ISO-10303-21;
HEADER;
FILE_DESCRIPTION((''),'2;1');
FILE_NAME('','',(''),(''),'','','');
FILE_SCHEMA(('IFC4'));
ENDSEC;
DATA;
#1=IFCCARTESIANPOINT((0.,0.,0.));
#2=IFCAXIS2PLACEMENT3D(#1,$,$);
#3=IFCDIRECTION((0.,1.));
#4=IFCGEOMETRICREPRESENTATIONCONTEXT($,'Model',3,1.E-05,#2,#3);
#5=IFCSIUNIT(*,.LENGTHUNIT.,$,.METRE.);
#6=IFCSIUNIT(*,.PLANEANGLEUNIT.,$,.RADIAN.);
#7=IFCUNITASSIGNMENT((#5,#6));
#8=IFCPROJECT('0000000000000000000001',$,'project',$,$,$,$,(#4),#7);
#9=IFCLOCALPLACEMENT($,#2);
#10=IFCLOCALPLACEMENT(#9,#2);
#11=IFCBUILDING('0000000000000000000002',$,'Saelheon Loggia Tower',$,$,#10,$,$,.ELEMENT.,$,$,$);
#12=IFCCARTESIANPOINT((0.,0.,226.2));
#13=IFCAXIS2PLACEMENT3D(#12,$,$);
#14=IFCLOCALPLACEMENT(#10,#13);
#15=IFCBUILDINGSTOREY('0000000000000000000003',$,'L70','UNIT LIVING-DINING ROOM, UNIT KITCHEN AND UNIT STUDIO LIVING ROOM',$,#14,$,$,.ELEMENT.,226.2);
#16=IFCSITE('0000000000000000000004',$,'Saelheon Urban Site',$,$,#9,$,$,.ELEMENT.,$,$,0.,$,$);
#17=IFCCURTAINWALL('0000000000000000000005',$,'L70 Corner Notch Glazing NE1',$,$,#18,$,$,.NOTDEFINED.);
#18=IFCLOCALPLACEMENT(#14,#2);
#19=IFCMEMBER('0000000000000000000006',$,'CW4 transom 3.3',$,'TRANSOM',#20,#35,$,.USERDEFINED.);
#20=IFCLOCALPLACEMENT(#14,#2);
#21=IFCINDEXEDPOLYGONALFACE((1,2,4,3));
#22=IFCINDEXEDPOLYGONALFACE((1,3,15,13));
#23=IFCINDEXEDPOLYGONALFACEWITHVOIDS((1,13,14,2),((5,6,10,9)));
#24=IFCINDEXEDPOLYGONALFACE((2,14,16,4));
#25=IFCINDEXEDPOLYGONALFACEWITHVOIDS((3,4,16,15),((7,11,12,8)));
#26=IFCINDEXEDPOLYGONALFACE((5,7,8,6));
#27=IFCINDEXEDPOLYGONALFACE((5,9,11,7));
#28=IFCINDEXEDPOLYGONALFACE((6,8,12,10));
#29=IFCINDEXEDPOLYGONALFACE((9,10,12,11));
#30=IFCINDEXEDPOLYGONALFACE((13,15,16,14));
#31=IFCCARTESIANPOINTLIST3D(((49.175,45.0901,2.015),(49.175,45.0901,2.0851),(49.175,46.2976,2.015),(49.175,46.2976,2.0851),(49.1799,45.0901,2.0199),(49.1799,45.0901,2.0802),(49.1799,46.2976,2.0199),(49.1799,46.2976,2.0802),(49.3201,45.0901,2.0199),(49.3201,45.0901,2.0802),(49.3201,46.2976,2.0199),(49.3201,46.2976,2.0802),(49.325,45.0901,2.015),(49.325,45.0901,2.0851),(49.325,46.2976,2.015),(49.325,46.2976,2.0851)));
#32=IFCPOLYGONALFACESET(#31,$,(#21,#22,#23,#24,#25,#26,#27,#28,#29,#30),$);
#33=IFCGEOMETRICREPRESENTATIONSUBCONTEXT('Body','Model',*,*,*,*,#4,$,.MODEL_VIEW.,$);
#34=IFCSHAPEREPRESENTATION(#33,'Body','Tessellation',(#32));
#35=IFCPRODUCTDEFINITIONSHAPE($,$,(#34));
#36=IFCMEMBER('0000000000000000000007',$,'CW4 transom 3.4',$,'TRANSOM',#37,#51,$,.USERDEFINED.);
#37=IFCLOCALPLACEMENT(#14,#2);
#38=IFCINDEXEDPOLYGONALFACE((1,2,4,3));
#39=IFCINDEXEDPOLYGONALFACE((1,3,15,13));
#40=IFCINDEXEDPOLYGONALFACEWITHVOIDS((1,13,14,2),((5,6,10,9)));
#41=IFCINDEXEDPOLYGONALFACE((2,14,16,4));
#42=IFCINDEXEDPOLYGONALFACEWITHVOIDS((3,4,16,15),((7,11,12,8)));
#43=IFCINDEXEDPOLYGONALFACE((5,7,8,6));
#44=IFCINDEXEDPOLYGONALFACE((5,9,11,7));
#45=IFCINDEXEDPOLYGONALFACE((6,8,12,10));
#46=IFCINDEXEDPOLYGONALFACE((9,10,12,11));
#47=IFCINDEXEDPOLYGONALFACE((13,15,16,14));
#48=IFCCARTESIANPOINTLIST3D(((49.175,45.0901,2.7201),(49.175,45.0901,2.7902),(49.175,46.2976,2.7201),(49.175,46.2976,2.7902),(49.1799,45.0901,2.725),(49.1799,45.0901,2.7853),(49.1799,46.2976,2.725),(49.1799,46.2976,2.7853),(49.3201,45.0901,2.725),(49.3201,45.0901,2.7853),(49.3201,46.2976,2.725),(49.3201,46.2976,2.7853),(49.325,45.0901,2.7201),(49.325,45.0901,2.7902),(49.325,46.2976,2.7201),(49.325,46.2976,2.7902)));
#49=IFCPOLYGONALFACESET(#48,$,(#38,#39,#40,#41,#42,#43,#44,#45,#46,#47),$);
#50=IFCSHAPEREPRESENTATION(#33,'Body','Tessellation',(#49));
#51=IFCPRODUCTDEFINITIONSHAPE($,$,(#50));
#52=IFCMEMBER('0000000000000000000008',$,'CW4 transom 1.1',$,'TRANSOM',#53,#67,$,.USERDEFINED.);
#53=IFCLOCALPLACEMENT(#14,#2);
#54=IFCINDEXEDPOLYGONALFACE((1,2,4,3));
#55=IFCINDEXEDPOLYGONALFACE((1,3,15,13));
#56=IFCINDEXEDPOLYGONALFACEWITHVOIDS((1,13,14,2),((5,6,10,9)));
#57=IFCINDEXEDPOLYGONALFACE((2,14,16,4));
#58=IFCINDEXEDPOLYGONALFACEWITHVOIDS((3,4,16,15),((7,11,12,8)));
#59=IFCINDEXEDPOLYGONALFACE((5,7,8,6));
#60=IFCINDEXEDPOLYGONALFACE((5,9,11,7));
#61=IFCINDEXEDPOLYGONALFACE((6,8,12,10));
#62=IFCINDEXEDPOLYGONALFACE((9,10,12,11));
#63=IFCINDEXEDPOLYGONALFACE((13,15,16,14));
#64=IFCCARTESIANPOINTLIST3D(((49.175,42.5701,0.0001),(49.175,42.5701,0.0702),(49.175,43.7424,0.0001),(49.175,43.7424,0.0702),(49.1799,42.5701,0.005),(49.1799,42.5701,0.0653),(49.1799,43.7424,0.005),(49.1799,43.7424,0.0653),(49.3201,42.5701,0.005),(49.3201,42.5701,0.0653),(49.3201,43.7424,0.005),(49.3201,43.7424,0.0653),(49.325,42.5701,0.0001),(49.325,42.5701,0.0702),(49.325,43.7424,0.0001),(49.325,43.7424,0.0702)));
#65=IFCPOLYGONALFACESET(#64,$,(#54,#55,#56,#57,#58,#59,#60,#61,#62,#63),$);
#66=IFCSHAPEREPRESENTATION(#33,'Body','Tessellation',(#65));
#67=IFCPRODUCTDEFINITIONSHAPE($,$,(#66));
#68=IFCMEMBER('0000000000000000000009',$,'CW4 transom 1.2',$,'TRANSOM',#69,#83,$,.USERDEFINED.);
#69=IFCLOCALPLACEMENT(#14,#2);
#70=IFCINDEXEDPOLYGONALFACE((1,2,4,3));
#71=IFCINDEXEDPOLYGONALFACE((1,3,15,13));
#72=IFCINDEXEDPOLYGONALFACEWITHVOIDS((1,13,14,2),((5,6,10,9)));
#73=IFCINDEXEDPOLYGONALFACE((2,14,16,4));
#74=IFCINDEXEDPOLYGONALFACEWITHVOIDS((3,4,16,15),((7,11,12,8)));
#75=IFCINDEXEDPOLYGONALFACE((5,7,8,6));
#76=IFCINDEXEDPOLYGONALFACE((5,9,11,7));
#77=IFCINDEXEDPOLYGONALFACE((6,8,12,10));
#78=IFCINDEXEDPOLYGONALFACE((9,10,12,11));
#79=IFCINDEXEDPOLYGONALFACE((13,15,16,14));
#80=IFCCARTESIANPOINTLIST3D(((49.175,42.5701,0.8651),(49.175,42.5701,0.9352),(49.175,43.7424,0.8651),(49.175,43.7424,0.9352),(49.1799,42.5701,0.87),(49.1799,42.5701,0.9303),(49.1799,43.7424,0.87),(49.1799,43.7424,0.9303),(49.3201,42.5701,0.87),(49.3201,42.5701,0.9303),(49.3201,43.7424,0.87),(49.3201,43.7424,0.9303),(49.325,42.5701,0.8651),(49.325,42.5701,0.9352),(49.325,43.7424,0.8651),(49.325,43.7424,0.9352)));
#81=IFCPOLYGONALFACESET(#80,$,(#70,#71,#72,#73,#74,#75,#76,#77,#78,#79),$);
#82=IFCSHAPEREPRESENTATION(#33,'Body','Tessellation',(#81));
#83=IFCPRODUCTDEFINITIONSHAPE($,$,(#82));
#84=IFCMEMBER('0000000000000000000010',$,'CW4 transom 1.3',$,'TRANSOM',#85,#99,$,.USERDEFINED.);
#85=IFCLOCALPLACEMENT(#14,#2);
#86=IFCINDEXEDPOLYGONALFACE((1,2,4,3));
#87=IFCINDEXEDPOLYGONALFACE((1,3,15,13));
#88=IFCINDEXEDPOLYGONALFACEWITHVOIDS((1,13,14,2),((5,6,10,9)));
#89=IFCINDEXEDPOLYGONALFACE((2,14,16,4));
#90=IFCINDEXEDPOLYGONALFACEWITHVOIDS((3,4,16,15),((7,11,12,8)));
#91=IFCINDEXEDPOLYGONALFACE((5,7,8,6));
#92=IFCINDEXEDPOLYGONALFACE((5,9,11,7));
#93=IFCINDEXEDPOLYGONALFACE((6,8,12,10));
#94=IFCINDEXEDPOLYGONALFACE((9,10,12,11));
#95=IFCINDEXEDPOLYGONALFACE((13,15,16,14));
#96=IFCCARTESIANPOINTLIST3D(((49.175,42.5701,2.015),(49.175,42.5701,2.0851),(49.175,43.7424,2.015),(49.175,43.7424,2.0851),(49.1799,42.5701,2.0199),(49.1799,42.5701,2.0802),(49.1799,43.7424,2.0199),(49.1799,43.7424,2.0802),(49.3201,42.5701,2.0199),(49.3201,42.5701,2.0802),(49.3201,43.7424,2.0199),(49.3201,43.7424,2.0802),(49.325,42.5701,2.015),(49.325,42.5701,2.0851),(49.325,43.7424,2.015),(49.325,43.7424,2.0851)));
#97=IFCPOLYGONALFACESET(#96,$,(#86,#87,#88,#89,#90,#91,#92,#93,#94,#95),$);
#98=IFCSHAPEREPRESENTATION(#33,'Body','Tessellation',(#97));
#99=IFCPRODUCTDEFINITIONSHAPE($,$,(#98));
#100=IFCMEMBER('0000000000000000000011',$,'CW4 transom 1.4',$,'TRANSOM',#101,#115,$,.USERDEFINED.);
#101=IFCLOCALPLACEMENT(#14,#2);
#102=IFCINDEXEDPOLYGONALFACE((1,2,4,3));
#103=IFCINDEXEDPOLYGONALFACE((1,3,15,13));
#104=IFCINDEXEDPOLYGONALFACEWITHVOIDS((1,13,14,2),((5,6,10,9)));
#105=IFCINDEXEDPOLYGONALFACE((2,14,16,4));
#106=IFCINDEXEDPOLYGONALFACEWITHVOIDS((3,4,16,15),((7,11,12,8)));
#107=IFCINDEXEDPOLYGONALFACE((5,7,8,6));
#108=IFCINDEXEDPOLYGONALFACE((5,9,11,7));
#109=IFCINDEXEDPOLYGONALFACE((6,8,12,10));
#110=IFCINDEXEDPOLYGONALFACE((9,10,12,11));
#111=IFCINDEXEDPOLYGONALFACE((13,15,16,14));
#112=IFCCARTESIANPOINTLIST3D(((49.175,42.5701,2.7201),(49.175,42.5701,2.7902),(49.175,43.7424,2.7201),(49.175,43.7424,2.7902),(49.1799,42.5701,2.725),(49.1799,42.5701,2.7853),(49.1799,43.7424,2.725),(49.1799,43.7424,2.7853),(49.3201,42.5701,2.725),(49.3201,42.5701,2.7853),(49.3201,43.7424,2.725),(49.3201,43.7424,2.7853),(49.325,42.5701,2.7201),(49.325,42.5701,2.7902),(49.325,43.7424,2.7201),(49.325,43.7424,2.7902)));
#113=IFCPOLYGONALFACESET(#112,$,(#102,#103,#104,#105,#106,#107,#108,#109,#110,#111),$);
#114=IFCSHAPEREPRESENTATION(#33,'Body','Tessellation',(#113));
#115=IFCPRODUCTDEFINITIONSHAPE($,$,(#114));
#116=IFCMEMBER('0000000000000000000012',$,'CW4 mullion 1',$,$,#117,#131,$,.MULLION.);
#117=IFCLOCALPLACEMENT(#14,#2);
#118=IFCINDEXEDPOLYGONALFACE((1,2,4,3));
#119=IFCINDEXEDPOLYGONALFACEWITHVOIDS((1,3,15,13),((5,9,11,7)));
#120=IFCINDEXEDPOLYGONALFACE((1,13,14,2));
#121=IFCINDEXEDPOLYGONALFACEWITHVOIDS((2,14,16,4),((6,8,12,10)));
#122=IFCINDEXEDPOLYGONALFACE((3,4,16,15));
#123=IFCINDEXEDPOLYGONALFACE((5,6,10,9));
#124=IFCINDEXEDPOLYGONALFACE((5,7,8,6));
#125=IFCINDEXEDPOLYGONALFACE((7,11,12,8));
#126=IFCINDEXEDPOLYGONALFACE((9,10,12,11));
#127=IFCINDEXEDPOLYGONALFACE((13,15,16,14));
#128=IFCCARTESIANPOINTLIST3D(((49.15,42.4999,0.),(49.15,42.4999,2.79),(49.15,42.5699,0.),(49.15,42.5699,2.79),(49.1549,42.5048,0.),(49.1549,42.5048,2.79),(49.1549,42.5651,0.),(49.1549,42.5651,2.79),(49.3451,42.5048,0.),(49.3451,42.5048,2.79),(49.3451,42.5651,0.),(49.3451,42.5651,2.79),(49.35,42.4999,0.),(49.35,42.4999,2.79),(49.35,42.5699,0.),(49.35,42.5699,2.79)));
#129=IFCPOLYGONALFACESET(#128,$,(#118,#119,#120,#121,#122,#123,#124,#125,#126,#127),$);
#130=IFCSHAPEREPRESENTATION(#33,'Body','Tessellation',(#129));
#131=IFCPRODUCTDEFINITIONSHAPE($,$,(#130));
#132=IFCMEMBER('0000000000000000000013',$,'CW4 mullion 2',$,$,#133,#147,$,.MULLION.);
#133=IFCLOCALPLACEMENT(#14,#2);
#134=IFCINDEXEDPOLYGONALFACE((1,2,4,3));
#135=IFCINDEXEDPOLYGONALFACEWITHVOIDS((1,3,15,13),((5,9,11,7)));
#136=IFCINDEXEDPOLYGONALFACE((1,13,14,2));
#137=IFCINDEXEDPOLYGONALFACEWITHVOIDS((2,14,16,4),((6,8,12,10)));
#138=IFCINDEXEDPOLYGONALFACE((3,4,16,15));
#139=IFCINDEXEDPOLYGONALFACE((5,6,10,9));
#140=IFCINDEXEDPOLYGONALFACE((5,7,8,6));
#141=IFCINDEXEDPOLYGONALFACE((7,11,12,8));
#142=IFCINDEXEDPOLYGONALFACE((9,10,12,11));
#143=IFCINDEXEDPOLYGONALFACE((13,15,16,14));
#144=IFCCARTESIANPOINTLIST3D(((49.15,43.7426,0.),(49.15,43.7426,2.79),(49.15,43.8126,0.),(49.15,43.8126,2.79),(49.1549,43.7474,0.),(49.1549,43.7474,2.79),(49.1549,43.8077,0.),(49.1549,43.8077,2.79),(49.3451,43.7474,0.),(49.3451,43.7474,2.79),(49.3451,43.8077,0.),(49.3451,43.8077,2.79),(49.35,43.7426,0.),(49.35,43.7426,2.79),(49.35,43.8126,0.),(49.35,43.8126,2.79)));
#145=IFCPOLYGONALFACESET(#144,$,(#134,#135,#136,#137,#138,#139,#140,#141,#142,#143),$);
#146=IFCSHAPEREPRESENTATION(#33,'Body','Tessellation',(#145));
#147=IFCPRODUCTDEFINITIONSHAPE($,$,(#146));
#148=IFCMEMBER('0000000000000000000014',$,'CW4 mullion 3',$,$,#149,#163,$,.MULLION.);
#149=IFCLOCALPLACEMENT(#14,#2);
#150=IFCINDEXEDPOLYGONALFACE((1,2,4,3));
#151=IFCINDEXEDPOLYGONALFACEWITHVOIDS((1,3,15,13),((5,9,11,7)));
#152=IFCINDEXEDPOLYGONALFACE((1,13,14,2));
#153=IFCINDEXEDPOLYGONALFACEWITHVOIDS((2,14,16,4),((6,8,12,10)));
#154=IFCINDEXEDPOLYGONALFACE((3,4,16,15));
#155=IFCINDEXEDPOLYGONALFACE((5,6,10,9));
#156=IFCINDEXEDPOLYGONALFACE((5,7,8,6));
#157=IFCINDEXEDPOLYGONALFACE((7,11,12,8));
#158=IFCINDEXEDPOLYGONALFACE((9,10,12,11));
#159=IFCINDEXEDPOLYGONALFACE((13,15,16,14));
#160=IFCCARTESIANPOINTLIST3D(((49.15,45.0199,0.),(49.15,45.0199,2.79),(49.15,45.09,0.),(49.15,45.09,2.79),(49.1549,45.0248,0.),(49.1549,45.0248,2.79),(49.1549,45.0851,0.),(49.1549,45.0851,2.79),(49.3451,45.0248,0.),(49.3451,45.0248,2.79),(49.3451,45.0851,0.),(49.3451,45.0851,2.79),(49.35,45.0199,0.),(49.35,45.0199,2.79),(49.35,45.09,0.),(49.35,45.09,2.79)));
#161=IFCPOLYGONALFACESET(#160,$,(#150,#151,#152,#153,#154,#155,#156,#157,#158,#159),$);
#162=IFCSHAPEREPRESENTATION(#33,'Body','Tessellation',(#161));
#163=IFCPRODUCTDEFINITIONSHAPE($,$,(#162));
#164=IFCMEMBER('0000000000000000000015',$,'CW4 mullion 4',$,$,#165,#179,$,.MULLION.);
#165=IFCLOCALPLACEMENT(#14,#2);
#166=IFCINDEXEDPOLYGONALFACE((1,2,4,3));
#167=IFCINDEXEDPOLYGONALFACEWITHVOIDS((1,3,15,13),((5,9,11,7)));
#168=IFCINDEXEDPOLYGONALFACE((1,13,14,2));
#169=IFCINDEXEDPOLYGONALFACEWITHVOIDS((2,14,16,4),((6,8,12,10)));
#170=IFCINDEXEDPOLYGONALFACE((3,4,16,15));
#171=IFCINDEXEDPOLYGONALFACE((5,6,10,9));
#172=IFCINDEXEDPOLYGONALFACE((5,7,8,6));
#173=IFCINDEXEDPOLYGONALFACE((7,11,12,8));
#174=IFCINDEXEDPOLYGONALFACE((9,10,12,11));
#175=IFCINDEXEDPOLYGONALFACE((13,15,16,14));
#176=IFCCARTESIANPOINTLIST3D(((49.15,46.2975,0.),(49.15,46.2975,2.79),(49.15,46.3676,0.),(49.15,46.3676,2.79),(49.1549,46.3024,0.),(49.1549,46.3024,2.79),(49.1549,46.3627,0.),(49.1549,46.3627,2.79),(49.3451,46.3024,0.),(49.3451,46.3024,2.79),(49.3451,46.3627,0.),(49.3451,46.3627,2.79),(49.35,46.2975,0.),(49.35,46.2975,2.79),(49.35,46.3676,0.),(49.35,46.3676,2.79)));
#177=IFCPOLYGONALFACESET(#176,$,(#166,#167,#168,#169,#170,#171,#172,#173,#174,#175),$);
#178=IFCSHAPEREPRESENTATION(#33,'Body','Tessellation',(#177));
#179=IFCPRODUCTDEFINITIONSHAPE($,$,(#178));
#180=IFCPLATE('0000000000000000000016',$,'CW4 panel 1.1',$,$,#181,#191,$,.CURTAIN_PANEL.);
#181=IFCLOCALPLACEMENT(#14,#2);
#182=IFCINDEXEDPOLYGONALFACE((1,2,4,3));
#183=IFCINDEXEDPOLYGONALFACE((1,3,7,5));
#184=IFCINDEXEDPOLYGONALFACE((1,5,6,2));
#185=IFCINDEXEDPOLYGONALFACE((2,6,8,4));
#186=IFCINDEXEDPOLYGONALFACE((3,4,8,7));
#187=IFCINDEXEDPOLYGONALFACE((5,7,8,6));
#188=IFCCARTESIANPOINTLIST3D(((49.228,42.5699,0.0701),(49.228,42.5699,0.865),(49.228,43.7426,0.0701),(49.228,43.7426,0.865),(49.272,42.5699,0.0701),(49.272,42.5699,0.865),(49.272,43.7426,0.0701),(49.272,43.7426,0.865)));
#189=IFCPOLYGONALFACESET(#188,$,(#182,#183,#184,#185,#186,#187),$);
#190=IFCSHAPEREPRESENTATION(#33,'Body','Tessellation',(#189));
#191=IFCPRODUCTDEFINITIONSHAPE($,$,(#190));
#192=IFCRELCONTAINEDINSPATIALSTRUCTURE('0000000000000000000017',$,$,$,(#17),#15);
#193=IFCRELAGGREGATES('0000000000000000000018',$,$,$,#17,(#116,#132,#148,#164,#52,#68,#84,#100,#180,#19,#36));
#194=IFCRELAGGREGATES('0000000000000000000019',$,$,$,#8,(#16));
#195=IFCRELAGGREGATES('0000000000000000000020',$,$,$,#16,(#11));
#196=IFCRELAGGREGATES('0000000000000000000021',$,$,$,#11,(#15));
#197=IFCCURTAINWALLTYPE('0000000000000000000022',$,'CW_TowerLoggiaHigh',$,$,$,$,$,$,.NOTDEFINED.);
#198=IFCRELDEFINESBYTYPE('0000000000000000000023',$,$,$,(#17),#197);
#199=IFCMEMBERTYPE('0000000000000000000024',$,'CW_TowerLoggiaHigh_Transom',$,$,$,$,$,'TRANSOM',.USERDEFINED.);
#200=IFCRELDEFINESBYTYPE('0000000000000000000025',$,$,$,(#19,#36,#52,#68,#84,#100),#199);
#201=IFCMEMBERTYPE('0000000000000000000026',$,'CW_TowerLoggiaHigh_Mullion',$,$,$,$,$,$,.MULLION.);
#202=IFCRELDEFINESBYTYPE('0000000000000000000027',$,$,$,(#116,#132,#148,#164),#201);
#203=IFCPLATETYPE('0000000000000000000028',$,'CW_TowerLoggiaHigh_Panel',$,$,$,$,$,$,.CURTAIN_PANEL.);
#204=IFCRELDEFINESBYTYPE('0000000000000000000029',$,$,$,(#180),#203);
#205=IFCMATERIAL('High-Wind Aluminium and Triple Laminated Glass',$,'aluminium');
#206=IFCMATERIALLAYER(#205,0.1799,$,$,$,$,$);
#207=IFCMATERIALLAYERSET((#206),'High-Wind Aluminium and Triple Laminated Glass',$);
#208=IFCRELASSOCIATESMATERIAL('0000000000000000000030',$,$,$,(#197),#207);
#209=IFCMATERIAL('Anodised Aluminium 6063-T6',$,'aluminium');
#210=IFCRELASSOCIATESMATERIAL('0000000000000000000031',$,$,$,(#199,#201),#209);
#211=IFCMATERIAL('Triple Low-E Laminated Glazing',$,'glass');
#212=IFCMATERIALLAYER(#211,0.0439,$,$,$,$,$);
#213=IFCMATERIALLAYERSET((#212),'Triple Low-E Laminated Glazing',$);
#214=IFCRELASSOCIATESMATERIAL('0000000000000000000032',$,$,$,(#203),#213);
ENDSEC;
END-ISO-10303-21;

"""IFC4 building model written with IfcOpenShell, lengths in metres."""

from ifc_helpers import new_model, si_unit, direction, frame, origin, origin_2d, place, context, subcontext, project, spatial, rectangle, hollow_rectangle, extrude, source, transform, mapped, material, layer, layer_set, material_profile, profile_set, type_object, element, aggregate, save


model = new_model("IFC4")

# Units and contexts
model_context = context("Model", 3, precision=1e-05, world=origin(), true_north=direction((0.0, 1.0)))
body_context = subcontext(model_context, "Body", "Model", "MODEL_VIEW")
ifc_project = project(units=[si_unit("LENGTHUNIT", "METRE"), si_unit("PLANEANGLEUNIT", "RADIAN")], contexts=[model_context])

# Site, building, storey
site_placement = place(None, origin())
site = spatial("IfcSite", under=ifc_project, at=site_placement, Name="Saelheon Urban Site", CompositionType="ELEMENT", RefElevation=0.0)
building_placement = place(site_placement, origin())
building = spatial("IfcBuilding", under=site, at=building_placement, Name="Saelheon Loggia Tower", CompositionType="ELEMENT")
storey_placement = place(building_placement, frame((0.0, 0.0, 226.2)))
storey = spatial("IfcBuildingStorey", under=building, at=storey_placement, Name="L70", Description="UNIT LIVING-DINING ROOM, UNIT KITCHEN AND UNIT STUDIO LIVING ROOM", CompositionType="ELEMENT", Elevation=226.2)

# Curtain wall, members, plate
ifc_material_1 = material(Name="High-Wind Aluminium and Triple Laminated Glass", Category="aluminium")
ifc_layer_1 = layer(ifc_material_1, 0.1799)
ifc_layer_set_1 = layer_set([ifc_layer_1], Name="High-Wind Aluminium and Triple Laminated Glass")
curtain_wall_type = type_object("IfcCurtainWallType", Name="CW_TowerLoggiaHigh", PredefinedType="NOTDEFINED", material=ifc_layer_set_1)
curtain_wall_placement = place(storey_placement, origin())
curtain_wall = element("IfcCurtainWall", 1, at=curtain_wall_placement, inside=storey, type_object=curtain_wall_type, Name="L70 Corner Notch Glazing NE1", PredefinedType="NOTDEFINED")
ifc_material_2 = material(Name="Anodised Aluminium 6063-T6", Category="aluminium")
ifc_material_profile_1 = material_profile(ifc_material_2, hollow_rectangle(XDim=0.0701, YDim=0.1499, WallThickness=0.0049, at=origin_2d()), Name="RHS-150x70x5")
ifc_profile_set_1 = profile_set([ifc_material_profile_1], Name="Anodised Aluminium 6063-T6")
member_type_1 = type_object("IfcMemberType", Name="CW_TowerLoggiaHigh_Transom", ElementType="TRANSOM", PredefinedType="USERDEFINED", material=ifc_profile_set_1)
shared_shape_1 = source(origin(), body_context, "Body", "SweptSolid", [
    extrude(hollow_rectangle(XDim=0.0701, YDim=0.1499, WallThickness=0.0049, at=origin_2d()), origin(), (0.0, 0.0, 1.0), 1.2075),
])
member_1_placement = place(storey_placement, frame((49.25, 45.0901, 2.05), z_axis=(0.0, 1.0, 0.0), x_axis=(0.0, 0.0, 1.0)))
member_1 = element("IfcMember", 2, at=member_1_placement, type_object=member_type_1, Name="CW4 transom 3.3", ObjectType="TRANSOM", PredefinedType="USERDEFINED", context=body_context, shape_type="MappedRepresentation", body=[
    mapped(shared_shape_1, transform((0.0, 0.0, 0.0), scale=1.0)),
])
member_2_placement = place(storey_placement, frame((49.25, 45.0901, 2.7551), z_axis=(0.0, 1.0, 0.0), x_axis=(0.0, 0.0, 1.0)))
member_2 = element("IfcMember", 3, at=member_2_placement, type_object=member_type_1, Name="CW4 transom 3.4", ObjectType="TRANSOM", PredefinedType="USERDEFINED", context=body_context, shape_type="MappedRepresentation", body=[
    mapped(shared_shape_1, transform((0.0, 0.0, 0.0), scale=1.0)),
])
shared_shape_2 = source(origin(), body_context, "Body", "SweptSolid", [
    extrude(hollow_rectangle(XDim=0.0701, YDim=0.1499, WallThickness=0.0049, at=origin_2d()), origin(), (0.0, 0.0, 1.0), 1.1724),
])
member_3_placement = place(storey_placement, frame((49.25, 42.5701, 0.0352), z_axis=(0.0, 1.0, 0.0), x_axis=(0.0, 0.0, 1.0)))
member_3 = element("IfcMember", 4, at=member_3_placement, type_object=member_type_1, Name="CW4 transom 1.1", ObjectType="TRANSOM", PredefinedType="USERDEFINED", context=body_context, shape_type="MappedRepresentation", body=[
    mapped(shared_shape_2, transform((0.0, 0.0, 0.0), scale=1.0)),
])
member_4_placement = place(storey_placement, frame((49.25, 42.5701, 0.9001), z_axis=(0.0, 1.0, 0.0), x_axis=(0.0, 0.0, 1.0)))
member_4 = element("IfcMember", 5, at=member_4_placement, type_object=member_type_1, Name="CW4 transom 1.2", ObjectType="TRANSOM", PredefinedType="USERDEFINED", context=body_context, shape_type="MappedRepresentation", body=[
    mapped(shared_shape_2, transform((0.0, 0.0, 0.0), scale=1.0)),
])
member_5_placement = place(storey_placement, frame((49.25, 42.5701, 2.05), z_axis=(0.0, 1.0, 0.0), x_axis=(0.0, 0.0, 1.0)))
member_5 = element("IfcMember", 6, at=member_5_placement, type_object=member_type_1, Name="CW4 transom 1.3", ObjectType="TRANSOM", PredefinedType="USERDEFINED", context=body_context, shape_type="MappedRepresentation", body=[
    mapped(shared_shape_2, transform((0.0, 0.0, 0.0), scale=1.0)),
])
member_6_placement = place(storey_placement, frame((49.25, 42.5701, 2.7551), z_axis=(0.0, 1.0, 0.0), x_axis=(0.0, 0.0, 1.0)))
member_6 = element("IfcMember", 7, at=member_6_placement, type_object=member_type_1, Name="CW4 transom 1.4", ObjectType="TRANSOM", PredefinedType="USERDEFINED", context=body_context, shape_type="MappedRepresentation", body=[
    mapped(shared_shape_2, transform((0.0, 0.0, 0.0), scale=1.0)),
])
ifc_material_profile_2 = material_profile(ifc_material_2, hollow_rectangle(XDim=0.0701, YDim=0.2, WallThickness=0.0049, at=origin_2d()), Name="RHS-200x70x5")
ifc_profile_set_2 = profile_set([ifc_material_profile_2], Name="Anodised Aluminium 6063-T6")
member_type_2 = type_object("IfcMemberType", Name="CW_TowerLoggiaHigh_Mullion", PredefinedType="MULLION", material=ifc_profile_set_2)
shared_shape_3 = source(origin(), body_context, "Body", "SweptSolid", [
    extrude(hollow_rectangle(XDim=0.0701, YDim=0.2, WallThickness=0.0049, at=origin_2d()), origin(), (0.0, 0.0, 1.0), 2.79),
])
member_7_placement = place(storey_placement, frame((49.25, 42.5349, 0.0), z_axis=(0.0, 0.0, 1.0), x_axis=(0.0, 1.0, 0.0)))
member_7 = element("IfcMember", 8, at=member_7_placement, type_object=member_type_2, Name="CW4 mullion 1", PredefinedType="MULLION", context=body_context, shape_type="MappedRepresentation", body=[
    mapped(shared_shape_3, transform((0.0, 0.0, 0.0), scale=1.0)),
])
member_8_placement = place(storey_placement, frame((49.25, 43.7776, 0.0), z_axis=(0.0, 0.0, 1.0), x_axis=(0.0, 1.0, 0.0)))
member_8 = element("IfcMember", 9, at=member_8_placement, type_object=member_type_2, Name="CW4 mullion 2", PredefinedType="MULLION", context=body_context, shape_type="MappedRepresentation", body=[
    mapped(shared_shape_3, transform((0.0, 0.0, 0.0), scale=1.0)),
])
member_9_placement = place(storey_placement, frame((49.25, 45.0549, 0.0), z_axis=(0.0, 0.0, 1.0), x_axis=(0.0, 1.0, 0.0)))
member_9 = element("IfcMember", 10, at=member_9_placement, type_object=member_type_2, Name="CW4 mullion 3", PredefinedType="MULLION", context=body_context, shape_type="MappedRepresentation", body=[
    mapped(shared_shape_3, transform((0.0, 0.0, 0.0), scale=1.0)),
])
member_10_placement = place(storey_placement, frame((49.25, 46.3325, 0.0), z_axis=(0.0, 0.0, 1.0), x_axis=(0.0, 1.0, 0.0)))
member_10 = element("IfcMember", 11, at=member_10_placement, type_object=member_type_2, Name="CW4 mullion 4", PredefinedType="MULLION", context=body_context, shape_type="MappedRepresentation", body=[
    mapped(shared_shape_3, transform((0.0, 0.0, 0.0), scale=1.0)),
])
ifc_material_3 = material(Name="Triple Low-E Laminated Glazing", Category="glass")
ifc_layer_2 = layer(ifc_material_3, 0.0439)
ifc_layer_set_2 = layer_set([ifc_layer_2], Name="Triple Low-E Laminated Glazing")
plate_type = type_object("IfcPlateType", Name="CW_TowerLoggiaHigh_Panel", PredefinedType="CURTAIN_PANEL", material=ifc_layer_set_2)
shared_shape_4 = source(origin(), body_context, "Body", "SweptSolid", [
    extrude(rectangle(XDim=1.1726, YDim=0.0439, at=origin_2d()), origin(), (0.0, 0.0, 1.0), 0.7949),
])
plate_1_placement = place(storey_placement, frame((49.25, 43.1562, 0.0701), z_axis=(0.0, 0.0, 1.0), x_axis=(0.0, 1.0, 0.0)))
plate_1 = element("IfcPlate", 12, at=plate_1_placement, type_object=plate_type, Name="CW4 panel 1.1", PredefinedType="CURTAIN_PANEL", context=body_context, shape_type="MappedRepresentation", body=[
    mapped(shared_shape_4, transform((0.0, 0.0, 0.0), scale=1.0)),
])
aggregate(curtain_wall, [member_7, member_8, member_9, member_10, member_3, member_4, member_5, member_6, plate_1, member_1, member_2])

save(model, "model.ifc")
